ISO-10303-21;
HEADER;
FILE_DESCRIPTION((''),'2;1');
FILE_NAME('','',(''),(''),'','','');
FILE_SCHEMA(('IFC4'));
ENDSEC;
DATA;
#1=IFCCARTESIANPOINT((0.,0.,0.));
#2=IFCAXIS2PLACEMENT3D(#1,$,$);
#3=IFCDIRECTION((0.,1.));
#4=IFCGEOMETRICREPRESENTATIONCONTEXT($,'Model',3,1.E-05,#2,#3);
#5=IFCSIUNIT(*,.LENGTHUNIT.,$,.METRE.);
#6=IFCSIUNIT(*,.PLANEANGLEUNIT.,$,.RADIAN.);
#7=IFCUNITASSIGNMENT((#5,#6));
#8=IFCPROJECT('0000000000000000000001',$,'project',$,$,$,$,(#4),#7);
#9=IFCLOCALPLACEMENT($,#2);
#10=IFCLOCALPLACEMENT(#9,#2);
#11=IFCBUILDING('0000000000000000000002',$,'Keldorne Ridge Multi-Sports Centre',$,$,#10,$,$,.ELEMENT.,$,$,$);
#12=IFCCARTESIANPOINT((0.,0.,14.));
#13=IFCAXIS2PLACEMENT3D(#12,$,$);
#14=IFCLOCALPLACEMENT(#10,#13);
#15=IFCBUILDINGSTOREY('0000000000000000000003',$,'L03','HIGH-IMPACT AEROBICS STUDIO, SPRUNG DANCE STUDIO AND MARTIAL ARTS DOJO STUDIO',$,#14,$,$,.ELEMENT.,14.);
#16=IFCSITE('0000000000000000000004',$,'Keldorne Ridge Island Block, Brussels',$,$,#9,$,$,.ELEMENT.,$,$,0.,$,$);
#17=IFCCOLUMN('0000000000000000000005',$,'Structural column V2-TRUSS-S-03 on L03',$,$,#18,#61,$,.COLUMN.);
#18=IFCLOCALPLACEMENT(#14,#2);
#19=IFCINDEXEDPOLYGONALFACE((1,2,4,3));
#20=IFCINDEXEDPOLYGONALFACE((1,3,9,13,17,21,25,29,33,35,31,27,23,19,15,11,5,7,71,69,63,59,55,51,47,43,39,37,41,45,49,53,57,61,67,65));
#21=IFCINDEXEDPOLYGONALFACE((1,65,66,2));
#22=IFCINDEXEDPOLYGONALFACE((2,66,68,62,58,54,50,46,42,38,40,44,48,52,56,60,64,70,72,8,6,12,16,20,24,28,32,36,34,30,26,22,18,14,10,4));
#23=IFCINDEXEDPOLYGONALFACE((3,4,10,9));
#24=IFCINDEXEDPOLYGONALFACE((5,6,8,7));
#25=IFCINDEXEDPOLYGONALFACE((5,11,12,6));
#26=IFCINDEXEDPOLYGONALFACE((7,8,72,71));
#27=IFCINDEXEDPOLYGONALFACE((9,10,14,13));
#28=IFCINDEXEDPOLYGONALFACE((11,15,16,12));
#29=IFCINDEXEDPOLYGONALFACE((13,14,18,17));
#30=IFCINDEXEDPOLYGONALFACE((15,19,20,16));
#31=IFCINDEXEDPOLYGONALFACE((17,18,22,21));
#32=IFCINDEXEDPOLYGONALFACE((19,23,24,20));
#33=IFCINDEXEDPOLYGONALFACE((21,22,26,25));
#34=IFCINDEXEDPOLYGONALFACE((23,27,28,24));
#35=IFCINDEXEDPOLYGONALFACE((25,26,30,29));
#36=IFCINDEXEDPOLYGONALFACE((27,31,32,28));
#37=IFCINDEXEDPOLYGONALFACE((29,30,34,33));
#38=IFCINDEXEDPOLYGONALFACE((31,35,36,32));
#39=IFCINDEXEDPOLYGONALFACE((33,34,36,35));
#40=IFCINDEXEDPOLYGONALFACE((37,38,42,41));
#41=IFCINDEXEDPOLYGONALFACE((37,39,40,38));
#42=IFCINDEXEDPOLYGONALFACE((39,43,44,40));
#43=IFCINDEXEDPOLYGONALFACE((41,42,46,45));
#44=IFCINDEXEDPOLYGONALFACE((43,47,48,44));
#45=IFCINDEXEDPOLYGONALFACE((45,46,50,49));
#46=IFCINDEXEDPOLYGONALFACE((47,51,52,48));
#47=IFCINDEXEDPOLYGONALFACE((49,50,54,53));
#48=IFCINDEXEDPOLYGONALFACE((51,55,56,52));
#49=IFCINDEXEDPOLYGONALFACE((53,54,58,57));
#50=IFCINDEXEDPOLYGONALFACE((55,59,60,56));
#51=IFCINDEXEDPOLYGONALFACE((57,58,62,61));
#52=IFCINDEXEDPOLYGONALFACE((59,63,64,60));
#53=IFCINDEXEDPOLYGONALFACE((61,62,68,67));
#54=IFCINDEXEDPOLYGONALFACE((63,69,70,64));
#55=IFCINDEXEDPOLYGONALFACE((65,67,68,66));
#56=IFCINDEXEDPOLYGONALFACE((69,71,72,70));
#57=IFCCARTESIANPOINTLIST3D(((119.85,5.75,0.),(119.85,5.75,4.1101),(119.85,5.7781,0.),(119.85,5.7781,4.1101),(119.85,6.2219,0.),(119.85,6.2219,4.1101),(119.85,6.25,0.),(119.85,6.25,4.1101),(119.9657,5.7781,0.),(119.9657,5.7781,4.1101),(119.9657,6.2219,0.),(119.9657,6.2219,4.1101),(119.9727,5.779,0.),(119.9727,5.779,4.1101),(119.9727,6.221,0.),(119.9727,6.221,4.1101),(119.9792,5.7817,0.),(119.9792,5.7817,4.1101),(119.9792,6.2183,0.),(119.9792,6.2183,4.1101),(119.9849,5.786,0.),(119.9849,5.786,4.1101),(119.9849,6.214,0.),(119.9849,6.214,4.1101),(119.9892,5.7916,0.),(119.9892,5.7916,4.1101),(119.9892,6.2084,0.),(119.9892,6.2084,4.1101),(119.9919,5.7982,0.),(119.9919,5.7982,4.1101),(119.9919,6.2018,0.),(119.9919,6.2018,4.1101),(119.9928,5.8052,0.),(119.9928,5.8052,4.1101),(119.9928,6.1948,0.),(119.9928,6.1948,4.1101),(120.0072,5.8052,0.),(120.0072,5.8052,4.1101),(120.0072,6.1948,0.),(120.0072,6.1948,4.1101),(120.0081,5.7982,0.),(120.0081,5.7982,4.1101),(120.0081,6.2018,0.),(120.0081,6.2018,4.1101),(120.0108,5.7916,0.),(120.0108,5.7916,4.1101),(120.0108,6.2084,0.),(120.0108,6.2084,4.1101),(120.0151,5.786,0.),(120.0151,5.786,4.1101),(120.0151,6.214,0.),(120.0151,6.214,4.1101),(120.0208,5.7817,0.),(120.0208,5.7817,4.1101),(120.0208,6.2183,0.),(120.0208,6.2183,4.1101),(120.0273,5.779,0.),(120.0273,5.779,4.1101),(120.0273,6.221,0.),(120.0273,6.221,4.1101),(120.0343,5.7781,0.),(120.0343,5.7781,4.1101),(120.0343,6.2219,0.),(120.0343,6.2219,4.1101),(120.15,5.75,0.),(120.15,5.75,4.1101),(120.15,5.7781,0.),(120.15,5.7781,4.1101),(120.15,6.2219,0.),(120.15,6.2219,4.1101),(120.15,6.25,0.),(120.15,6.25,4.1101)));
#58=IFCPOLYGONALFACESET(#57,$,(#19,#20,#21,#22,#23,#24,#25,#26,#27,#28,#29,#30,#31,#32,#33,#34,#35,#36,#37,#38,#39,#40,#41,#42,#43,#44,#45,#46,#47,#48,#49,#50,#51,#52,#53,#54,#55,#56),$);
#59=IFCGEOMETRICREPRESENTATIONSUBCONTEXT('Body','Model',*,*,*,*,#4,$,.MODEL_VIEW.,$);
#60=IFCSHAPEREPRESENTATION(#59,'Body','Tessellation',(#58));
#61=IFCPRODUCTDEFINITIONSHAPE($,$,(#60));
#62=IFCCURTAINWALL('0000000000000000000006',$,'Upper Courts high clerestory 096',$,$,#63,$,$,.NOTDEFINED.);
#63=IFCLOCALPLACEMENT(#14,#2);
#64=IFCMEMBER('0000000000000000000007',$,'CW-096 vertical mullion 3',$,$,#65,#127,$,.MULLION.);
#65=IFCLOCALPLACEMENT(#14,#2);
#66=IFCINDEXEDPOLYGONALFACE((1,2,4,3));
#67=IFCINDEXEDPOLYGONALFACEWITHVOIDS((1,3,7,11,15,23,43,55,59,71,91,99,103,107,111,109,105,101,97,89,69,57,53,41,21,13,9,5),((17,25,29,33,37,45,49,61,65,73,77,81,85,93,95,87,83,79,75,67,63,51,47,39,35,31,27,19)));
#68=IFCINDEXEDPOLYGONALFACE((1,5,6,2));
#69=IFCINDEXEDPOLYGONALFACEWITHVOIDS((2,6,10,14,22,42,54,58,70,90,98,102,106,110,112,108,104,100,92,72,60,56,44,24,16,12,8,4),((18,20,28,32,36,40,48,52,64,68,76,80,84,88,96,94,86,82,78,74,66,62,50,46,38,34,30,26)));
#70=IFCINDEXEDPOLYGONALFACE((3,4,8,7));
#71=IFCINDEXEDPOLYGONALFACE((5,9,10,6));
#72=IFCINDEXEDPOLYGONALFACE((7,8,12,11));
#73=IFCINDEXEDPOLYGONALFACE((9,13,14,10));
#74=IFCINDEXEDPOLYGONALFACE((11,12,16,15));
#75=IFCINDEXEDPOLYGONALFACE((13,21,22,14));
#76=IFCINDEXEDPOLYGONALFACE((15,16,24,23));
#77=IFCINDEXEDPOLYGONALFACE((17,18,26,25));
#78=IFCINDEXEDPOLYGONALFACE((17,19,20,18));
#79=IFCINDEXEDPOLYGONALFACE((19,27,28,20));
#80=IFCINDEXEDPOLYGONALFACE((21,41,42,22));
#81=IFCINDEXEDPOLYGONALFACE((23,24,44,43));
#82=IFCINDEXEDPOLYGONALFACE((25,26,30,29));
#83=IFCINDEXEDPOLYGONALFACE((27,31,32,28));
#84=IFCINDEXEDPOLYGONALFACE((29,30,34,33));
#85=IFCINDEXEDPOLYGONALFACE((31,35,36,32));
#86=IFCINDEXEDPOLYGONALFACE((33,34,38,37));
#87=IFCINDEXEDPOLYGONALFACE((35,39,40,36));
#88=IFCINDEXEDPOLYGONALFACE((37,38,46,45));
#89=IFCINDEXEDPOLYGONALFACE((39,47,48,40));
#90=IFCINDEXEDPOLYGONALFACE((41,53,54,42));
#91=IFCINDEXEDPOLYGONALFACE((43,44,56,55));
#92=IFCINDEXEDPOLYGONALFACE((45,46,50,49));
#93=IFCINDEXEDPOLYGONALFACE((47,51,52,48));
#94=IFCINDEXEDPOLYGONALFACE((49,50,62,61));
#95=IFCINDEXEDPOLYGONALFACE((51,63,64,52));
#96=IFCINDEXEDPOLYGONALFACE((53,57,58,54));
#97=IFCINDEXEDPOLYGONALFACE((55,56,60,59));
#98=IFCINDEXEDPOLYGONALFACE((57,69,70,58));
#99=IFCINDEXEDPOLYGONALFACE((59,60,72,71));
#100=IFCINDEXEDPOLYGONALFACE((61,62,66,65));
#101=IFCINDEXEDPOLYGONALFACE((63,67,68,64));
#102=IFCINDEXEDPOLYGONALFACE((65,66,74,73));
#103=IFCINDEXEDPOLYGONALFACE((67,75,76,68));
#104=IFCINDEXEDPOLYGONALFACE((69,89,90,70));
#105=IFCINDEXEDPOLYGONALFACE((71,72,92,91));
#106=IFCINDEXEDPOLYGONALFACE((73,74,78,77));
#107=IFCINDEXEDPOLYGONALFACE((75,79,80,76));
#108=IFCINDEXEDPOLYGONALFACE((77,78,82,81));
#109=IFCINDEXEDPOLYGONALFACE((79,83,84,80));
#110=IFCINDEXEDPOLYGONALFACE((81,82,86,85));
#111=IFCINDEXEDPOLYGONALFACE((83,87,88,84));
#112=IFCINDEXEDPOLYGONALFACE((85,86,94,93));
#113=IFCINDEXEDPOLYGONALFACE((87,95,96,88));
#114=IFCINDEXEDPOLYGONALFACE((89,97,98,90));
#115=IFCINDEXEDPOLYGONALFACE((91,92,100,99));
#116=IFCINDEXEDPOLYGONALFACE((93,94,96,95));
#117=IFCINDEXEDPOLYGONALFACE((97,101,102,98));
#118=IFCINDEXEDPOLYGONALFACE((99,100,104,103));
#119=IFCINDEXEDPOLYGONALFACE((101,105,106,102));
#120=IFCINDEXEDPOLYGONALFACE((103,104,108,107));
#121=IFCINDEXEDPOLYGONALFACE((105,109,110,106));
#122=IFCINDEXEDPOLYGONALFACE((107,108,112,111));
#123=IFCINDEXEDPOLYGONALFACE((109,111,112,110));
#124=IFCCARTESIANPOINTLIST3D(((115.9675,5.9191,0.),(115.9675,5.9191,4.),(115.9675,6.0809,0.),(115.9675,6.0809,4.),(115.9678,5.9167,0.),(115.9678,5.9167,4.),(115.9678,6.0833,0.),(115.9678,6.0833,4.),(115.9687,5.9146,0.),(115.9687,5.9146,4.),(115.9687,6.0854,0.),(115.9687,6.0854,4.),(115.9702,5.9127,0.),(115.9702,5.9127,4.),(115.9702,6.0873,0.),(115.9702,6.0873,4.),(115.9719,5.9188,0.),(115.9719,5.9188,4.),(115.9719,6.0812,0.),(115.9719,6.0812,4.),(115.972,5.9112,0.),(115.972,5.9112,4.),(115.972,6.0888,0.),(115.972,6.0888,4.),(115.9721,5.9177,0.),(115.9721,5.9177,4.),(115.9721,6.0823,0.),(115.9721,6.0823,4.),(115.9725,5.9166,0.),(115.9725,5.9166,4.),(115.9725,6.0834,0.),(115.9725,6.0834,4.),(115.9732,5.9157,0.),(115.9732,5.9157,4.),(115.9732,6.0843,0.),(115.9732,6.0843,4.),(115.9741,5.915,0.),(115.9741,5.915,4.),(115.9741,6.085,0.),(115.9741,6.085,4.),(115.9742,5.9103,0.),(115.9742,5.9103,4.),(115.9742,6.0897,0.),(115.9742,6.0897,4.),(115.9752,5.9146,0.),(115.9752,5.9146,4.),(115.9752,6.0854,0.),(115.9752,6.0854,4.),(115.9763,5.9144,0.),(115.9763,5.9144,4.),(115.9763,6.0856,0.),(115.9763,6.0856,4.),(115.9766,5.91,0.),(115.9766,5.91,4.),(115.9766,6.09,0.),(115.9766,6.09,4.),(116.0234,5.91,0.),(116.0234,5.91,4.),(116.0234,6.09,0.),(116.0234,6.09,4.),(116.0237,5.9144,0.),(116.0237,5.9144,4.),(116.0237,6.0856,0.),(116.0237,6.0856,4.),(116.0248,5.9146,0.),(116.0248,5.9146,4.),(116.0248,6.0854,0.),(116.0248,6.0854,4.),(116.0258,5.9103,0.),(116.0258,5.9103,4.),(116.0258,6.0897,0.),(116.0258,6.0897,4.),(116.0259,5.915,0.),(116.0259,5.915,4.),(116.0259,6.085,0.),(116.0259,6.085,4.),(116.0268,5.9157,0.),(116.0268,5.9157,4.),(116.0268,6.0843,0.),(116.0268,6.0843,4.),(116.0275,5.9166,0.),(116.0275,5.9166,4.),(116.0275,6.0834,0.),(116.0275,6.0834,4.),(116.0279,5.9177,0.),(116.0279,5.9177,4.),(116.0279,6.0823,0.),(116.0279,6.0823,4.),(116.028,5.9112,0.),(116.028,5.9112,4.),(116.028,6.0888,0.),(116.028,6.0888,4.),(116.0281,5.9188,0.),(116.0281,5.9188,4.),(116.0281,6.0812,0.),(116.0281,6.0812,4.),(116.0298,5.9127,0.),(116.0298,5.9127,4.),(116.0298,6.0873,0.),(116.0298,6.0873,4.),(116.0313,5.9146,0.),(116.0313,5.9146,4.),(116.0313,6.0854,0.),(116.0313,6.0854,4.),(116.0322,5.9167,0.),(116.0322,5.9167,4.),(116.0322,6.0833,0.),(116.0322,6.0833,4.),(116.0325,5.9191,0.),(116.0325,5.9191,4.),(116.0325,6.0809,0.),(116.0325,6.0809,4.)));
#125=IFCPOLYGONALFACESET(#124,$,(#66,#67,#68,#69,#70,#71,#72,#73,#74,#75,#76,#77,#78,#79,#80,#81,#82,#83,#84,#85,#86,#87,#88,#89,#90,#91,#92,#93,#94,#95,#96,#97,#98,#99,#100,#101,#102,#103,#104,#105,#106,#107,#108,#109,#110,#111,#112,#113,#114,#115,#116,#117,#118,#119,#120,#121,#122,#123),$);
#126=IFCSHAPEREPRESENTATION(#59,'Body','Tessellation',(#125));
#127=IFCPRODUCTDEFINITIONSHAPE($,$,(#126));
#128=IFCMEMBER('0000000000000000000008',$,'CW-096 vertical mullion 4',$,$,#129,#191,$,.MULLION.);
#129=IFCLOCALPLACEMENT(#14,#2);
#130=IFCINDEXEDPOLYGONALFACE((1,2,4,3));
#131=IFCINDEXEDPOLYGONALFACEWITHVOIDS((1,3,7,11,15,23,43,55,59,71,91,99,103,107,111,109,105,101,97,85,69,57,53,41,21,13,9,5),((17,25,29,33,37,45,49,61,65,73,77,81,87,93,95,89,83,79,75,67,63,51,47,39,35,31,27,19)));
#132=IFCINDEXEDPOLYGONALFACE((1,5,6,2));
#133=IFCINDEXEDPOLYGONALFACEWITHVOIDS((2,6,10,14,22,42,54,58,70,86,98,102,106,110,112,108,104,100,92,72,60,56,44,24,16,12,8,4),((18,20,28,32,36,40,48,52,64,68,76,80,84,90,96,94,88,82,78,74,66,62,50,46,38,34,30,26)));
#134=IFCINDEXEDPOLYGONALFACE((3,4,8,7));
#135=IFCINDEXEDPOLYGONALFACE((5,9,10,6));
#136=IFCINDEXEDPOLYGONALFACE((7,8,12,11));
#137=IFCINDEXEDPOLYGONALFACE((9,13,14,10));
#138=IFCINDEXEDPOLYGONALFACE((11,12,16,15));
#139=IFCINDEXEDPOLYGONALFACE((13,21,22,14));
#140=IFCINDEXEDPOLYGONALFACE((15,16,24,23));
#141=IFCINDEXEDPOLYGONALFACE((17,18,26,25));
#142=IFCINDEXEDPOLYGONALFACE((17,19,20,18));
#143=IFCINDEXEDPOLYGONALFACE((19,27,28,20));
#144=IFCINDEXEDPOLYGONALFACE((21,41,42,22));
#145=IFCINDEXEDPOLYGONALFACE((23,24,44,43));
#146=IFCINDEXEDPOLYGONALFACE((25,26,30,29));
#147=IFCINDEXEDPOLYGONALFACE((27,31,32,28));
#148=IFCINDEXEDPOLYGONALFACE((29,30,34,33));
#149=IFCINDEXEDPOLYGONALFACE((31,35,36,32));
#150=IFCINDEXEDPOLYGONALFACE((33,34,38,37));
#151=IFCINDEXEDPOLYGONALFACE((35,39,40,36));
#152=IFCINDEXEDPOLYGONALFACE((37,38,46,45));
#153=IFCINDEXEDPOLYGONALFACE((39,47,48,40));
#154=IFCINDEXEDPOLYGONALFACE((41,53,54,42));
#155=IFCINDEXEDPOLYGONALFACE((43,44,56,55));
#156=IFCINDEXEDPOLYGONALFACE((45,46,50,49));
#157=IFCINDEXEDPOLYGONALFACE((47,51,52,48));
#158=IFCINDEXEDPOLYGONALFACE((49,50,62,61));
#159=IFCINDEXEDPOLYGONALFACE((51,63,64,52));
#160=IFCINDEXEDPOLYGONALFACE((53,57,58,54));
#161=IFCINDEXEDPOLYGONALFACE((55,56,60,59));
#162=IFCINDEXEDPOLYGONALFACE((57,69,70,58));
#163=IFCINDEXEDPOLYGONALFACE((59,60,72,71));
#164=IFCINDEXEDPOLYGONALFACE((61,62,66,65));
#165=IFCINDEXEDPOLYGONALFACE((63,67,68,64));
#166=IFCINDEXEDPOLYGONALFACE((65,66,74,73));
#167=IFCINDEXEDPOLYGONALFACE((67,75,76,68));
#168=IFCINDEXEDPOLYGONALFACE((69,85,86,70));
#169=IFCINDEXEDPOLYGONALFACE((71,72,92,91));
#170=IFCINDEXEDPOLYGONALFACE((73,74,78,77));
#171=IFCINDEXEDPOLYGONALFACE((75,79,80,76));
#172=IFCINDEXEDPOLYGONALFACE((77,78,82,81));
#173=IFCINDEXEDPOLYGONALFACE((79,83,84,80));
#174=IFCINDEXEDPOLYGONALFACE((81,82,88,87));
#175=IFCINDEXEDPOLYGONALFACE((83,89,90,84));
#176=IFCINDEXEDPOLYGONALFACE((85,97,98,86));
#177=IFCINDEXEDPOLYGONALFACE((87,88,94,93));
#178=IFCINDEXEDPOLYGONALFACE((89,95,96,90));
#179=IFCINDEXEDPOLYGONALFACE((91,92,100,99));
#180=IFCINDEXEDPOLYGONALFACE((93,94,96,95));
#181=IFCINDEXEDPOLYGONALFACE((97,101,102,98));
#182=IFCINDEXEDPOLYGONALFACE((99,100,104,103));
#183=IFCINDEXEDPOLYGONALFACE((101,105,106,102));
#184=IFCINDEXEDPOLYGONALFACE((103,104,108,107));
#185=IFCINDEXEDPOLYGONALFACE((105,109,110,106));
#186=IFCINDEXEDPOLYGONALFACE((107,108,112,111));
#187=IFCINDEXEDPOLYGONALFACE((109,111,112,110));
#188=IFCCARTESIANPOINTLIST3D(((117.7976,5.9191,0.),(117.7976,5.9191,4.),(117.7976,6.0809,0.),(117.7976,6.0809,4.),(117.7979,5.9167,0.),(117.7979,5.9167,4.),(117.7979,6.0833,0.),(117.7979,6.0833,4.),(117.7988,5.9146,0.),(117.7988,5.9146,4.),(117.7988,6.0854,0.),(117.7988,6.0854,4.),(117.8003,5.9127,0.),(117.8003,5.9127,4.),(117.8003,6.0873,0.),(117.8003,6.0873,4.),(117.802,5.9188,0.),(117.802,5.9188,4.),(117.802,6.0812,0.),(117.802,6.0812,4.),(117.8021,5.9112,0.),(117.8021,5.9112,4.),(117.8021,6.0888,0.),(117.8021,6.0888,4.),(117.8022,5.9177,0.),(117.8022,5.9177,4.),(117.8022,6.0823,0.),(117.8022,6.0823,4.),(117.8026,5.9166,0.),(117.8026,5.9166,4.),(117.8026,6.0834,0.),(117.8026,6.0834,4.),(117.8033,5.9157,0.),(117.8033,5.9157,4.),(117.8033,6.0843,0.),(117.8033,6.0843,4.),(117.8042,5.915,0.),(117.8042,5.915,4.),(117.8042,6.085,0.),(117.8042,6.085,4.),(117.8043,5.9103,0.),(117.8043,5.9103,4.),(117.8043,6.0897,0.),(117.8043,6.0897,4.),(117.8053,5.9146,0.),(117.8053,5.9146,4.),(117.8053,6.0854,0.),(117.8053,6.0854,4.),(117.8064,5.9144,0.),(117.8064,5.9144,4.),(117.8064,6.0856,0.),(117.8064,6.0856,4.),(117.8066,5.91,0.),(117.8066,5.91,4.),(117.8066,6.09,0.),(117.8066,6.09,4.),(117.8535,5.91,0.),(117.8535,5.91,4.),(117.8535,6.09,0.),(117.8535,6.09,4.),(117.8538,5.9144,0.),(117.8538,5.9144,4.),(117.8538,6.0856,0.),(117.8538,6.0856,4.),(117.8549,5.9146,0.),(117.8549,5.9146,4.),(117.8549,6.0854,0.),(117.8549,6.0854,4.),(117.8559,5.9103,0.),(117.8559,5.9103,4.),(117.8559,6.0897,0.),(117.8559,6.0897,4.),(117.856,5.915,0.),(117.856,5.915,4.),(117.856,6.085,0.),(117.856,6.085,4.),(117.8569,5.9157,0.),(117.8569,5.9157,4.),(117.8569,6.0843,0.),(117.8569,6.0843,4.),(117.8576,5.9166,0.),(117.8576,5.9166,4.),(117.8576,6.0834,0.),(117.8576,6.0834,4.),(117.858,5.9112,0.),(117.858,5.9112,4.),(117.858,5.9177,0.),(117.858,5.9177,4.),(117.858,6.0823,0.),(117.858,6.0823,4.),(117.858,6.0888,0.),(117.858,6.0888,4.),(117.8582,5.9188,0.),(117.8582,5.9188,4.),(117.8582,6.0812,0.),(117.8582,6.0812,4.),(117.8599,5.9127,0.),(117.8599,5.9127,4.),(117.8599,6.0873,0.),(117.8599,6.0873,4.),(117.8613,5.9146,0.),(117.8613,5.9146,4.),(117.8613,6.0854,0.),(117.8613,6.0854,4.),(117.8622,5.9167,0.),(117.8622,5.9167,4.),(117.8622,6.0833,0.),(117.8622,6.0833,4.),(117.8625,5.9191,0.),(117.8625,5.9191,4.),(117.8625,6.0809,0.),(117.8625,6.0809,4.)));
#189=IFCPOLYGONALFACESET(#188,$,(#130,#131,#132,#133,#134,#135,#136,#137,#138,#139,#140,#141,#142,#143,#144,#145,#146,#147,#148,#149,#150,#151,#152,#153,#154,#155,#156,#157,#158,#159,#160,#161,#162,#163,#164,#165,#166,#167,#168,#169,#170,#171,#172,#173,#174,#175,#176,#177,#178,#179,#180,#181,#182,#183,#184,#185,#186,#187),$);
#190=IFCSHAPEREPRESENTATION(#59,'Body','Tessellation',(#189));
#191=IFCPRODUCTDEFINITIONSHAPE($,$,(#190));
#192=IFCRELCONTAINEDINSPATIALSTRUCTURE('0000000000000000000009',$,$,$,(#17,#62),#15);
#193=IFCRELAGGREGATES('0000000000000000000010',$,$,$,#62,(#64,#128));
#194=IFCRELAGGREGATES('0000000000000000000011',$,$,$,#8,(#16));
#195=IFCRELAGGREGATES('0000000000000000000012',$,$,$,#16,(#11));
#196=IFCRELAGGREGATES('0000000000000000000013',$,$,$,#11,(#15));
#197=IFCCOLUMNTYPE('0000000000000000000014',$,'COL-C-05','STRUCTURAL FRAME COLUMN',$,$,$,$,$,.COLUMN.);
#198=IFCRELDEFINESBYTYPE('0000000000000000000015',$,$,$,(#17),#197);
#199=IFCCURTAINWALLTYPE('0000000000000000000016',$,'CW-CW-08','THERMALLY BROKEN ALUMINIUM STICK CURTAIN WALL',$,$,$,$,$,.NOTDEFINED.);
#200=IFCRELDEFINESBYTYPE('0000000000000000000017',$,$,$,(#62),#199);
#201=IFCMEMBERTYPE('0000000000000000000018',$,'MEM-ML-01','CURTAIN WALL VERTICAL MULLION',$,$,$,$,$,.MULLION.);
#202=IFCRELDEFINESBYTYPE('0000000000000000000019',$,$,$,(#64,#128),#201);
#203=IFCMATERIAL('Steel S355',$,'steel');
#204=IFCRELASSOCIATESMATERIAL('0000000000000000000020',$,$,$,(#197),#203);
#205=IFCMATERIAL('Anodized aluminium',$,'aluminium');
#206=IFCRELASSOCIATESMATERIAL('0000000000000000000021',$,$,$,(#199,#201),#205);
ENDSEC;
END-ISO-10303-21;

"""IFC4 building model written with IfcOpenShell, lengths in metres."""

from ifc_helpers import new_model, si_unit, direction, frame, origin, origin_2d, place, context, subcontext, project, spatial, hollow_rectangle, i_section, extrude, material, material_profile, profile_set, type_object, element, aggregate, save


model = new_model("IFC4")

# Units and contexts
model_context = context("Model", 3, precision=1e-05, world=origin(), true_north=direction((0.0, 1.0)))
body_context = subcontext(model_context, "Body", "Model", "MODEL_VIEW")
ifc_project = project(units=[si_unit("LENGTHUNIT", "METRE"), si_unit("PLANEANGLEUNIT", "RADIAN")], contexts=[model_context])

# Site, building, storey
site_placement = place(None, origin())
site = spatial("IfcSite", under=ifc_project, at=site_placement, Name="Keldorne Ridge Island Block, Brussels", CompositionType="ELEMENT", RefElevation=0.0)
building_placement = place(site_placement, origin())
building = spatial("IfcBuilding", under=site, at=building_placement, Name="Keldorne Ridge Multi-Sports Centre", CompositionType="ELEMENT")
storey_placement = place(building_placement, frame((0.0, 0.0, 14.0)))
storey = spatial("IfcBuildingStorey", under=building, at=storey_placement, Name="L03", Description="HIGH-IMPACT AEROBICS STUDIO, SPRUNG DANCE STUDIO AND MARTIAL ARTS DOJO STUDIO", CompositionType="ELEMENT", Elevation=14.0)

# Column
ifc_material_1 = material(Name="Steel S355", Category="steel")
ifc_material_profile_1 = material_profile(ifc_material_1, i_section(OverallWidth=0.3, OverallDepth=0.5, WebThickness=0.0144, FlangeThickness=0.0281, FilletRadius=0.0271, at=origin_2d()), Name="HEB 500")
ifc_profile_set_1 = profile_set([ifc_material_profile_1], Name="Steel S355")
column_type = type_object("IfcColumnType", Name="COL-C-05", Description="STRUCTURAL FRAME COLUMN", PredefinedType="COLUMN", material=ifc_profile_set_1)
column_placement = place(storey_placement, frame((120.0, 6.0, 0.0), z_axis=(0.0, 0.0, 1.0), x_axis=(1.0, 0.0, 0.0)))
element("IfcColumn", 1, at=column_placement, inside=storey, type_object=column_type, Name="Structural column V2-TRUSS-S-03 on L03", PredefinedType="COLUMN", context=body_context, shape_type="SweptSolid", body=[
    extrude(i_section(OverallWidth=0.3, OverallDepth=0.5, WebThickness=0.0144, FlangeThickness=0.0281, FilletRadius=0.0271, at=origin_2d()), origin(), (0.0, 0.0, 1.0), 4.1101),
])

# Curtain wall, members
ifc_material_2 = material(Name="Anodized aluminium", Category="aluminium")
curtain_wall_type = type_object("IfcCurtainWallType", Name="CW-CW-08", Description="THERMALLY BROKEN ALUMINIUM STICK CURTAIN WALL", PredefinedType="NOTDEFINED", material=ifc_material_2)
curtain_wall_placement = place(storey_placement, origin())
curtain_wall = element("IfcCurtainWall", 2, at=curtain_wall_placement, inside=storey, type_object=curtain_wall_type, Name="Upper Courts high clerestory 096", PredefinedType="NOTDEFINED")
ifc_material_profile_2 = material_profile(ifc_material_2, hollow_rectangle(XDim=0.0649, YDim=0.1799, WallThickness=0.0044, InnerFilletRadius=0.0044, OuterFilletRadius=0.009, at=origin_2d()), Name="ALU MULLION 180x65x4.5")
ifc_profile_set_2 = profile_set([ifc_material_profile_2], Name="Anodized aluminium")
member_type_1 = type_object("IfcMemberType", Name="MEM-ML-01", Description="CURTAIN WALL VERTICAL MULLION", PredefinedType="MULLION", material=ifc_profile_set_2)
member_1_placement = place(storey_placement, frame((116.0, 6.0, 0.0), z_axis=(0.0, 0.0, 1.0), x_axis=(1.0, 0.0, 0.0)))
member_1 = element("IfcMember", 3, at=member_1_placement, type_object=member_type_1, Name="CW-096 vertical mullion 3", PredefinedType="MULLION", context=body_context, shape_type="SweptSolid", body=[
    extrude(hollow_rectangle(XDim=0.0649, YDim=0.1799, WallThickness=0.0044, InnerFilletRadius=0.0044, OuterFilletRadius=0.009, at=origin_2d()), origin(), (0.0, 0.0, 1.0), 4.0),
])
member_2_placement = place(storey_placement, frame((117.8301, 6.0, 0.0), z_axis=(0.0, 0.0, 1.0), x_axis=(1.0, 0.0, 0.0)))
member_2 = element("IfcMember", 4, at=member_2_placement, type_object=member_type_1, Name="CW-096 vertical mullion 4", PredefinedType="MULLION", context=body_context, shape_type="SweptSolid", body=[
    extrude(hollow_rectangle(XDim=0.0649, YDim=0.1799, WallThickness=0.0044, InnerFilletRadius=0.0044, OuterFilletRadius=0.009, at=origin_2d()), origin(), (0.0, 0.0, 1.0), 4.0),
])

aggregate(curtain_wall, [member_1, member_2])

save(model, "model.ifc")
